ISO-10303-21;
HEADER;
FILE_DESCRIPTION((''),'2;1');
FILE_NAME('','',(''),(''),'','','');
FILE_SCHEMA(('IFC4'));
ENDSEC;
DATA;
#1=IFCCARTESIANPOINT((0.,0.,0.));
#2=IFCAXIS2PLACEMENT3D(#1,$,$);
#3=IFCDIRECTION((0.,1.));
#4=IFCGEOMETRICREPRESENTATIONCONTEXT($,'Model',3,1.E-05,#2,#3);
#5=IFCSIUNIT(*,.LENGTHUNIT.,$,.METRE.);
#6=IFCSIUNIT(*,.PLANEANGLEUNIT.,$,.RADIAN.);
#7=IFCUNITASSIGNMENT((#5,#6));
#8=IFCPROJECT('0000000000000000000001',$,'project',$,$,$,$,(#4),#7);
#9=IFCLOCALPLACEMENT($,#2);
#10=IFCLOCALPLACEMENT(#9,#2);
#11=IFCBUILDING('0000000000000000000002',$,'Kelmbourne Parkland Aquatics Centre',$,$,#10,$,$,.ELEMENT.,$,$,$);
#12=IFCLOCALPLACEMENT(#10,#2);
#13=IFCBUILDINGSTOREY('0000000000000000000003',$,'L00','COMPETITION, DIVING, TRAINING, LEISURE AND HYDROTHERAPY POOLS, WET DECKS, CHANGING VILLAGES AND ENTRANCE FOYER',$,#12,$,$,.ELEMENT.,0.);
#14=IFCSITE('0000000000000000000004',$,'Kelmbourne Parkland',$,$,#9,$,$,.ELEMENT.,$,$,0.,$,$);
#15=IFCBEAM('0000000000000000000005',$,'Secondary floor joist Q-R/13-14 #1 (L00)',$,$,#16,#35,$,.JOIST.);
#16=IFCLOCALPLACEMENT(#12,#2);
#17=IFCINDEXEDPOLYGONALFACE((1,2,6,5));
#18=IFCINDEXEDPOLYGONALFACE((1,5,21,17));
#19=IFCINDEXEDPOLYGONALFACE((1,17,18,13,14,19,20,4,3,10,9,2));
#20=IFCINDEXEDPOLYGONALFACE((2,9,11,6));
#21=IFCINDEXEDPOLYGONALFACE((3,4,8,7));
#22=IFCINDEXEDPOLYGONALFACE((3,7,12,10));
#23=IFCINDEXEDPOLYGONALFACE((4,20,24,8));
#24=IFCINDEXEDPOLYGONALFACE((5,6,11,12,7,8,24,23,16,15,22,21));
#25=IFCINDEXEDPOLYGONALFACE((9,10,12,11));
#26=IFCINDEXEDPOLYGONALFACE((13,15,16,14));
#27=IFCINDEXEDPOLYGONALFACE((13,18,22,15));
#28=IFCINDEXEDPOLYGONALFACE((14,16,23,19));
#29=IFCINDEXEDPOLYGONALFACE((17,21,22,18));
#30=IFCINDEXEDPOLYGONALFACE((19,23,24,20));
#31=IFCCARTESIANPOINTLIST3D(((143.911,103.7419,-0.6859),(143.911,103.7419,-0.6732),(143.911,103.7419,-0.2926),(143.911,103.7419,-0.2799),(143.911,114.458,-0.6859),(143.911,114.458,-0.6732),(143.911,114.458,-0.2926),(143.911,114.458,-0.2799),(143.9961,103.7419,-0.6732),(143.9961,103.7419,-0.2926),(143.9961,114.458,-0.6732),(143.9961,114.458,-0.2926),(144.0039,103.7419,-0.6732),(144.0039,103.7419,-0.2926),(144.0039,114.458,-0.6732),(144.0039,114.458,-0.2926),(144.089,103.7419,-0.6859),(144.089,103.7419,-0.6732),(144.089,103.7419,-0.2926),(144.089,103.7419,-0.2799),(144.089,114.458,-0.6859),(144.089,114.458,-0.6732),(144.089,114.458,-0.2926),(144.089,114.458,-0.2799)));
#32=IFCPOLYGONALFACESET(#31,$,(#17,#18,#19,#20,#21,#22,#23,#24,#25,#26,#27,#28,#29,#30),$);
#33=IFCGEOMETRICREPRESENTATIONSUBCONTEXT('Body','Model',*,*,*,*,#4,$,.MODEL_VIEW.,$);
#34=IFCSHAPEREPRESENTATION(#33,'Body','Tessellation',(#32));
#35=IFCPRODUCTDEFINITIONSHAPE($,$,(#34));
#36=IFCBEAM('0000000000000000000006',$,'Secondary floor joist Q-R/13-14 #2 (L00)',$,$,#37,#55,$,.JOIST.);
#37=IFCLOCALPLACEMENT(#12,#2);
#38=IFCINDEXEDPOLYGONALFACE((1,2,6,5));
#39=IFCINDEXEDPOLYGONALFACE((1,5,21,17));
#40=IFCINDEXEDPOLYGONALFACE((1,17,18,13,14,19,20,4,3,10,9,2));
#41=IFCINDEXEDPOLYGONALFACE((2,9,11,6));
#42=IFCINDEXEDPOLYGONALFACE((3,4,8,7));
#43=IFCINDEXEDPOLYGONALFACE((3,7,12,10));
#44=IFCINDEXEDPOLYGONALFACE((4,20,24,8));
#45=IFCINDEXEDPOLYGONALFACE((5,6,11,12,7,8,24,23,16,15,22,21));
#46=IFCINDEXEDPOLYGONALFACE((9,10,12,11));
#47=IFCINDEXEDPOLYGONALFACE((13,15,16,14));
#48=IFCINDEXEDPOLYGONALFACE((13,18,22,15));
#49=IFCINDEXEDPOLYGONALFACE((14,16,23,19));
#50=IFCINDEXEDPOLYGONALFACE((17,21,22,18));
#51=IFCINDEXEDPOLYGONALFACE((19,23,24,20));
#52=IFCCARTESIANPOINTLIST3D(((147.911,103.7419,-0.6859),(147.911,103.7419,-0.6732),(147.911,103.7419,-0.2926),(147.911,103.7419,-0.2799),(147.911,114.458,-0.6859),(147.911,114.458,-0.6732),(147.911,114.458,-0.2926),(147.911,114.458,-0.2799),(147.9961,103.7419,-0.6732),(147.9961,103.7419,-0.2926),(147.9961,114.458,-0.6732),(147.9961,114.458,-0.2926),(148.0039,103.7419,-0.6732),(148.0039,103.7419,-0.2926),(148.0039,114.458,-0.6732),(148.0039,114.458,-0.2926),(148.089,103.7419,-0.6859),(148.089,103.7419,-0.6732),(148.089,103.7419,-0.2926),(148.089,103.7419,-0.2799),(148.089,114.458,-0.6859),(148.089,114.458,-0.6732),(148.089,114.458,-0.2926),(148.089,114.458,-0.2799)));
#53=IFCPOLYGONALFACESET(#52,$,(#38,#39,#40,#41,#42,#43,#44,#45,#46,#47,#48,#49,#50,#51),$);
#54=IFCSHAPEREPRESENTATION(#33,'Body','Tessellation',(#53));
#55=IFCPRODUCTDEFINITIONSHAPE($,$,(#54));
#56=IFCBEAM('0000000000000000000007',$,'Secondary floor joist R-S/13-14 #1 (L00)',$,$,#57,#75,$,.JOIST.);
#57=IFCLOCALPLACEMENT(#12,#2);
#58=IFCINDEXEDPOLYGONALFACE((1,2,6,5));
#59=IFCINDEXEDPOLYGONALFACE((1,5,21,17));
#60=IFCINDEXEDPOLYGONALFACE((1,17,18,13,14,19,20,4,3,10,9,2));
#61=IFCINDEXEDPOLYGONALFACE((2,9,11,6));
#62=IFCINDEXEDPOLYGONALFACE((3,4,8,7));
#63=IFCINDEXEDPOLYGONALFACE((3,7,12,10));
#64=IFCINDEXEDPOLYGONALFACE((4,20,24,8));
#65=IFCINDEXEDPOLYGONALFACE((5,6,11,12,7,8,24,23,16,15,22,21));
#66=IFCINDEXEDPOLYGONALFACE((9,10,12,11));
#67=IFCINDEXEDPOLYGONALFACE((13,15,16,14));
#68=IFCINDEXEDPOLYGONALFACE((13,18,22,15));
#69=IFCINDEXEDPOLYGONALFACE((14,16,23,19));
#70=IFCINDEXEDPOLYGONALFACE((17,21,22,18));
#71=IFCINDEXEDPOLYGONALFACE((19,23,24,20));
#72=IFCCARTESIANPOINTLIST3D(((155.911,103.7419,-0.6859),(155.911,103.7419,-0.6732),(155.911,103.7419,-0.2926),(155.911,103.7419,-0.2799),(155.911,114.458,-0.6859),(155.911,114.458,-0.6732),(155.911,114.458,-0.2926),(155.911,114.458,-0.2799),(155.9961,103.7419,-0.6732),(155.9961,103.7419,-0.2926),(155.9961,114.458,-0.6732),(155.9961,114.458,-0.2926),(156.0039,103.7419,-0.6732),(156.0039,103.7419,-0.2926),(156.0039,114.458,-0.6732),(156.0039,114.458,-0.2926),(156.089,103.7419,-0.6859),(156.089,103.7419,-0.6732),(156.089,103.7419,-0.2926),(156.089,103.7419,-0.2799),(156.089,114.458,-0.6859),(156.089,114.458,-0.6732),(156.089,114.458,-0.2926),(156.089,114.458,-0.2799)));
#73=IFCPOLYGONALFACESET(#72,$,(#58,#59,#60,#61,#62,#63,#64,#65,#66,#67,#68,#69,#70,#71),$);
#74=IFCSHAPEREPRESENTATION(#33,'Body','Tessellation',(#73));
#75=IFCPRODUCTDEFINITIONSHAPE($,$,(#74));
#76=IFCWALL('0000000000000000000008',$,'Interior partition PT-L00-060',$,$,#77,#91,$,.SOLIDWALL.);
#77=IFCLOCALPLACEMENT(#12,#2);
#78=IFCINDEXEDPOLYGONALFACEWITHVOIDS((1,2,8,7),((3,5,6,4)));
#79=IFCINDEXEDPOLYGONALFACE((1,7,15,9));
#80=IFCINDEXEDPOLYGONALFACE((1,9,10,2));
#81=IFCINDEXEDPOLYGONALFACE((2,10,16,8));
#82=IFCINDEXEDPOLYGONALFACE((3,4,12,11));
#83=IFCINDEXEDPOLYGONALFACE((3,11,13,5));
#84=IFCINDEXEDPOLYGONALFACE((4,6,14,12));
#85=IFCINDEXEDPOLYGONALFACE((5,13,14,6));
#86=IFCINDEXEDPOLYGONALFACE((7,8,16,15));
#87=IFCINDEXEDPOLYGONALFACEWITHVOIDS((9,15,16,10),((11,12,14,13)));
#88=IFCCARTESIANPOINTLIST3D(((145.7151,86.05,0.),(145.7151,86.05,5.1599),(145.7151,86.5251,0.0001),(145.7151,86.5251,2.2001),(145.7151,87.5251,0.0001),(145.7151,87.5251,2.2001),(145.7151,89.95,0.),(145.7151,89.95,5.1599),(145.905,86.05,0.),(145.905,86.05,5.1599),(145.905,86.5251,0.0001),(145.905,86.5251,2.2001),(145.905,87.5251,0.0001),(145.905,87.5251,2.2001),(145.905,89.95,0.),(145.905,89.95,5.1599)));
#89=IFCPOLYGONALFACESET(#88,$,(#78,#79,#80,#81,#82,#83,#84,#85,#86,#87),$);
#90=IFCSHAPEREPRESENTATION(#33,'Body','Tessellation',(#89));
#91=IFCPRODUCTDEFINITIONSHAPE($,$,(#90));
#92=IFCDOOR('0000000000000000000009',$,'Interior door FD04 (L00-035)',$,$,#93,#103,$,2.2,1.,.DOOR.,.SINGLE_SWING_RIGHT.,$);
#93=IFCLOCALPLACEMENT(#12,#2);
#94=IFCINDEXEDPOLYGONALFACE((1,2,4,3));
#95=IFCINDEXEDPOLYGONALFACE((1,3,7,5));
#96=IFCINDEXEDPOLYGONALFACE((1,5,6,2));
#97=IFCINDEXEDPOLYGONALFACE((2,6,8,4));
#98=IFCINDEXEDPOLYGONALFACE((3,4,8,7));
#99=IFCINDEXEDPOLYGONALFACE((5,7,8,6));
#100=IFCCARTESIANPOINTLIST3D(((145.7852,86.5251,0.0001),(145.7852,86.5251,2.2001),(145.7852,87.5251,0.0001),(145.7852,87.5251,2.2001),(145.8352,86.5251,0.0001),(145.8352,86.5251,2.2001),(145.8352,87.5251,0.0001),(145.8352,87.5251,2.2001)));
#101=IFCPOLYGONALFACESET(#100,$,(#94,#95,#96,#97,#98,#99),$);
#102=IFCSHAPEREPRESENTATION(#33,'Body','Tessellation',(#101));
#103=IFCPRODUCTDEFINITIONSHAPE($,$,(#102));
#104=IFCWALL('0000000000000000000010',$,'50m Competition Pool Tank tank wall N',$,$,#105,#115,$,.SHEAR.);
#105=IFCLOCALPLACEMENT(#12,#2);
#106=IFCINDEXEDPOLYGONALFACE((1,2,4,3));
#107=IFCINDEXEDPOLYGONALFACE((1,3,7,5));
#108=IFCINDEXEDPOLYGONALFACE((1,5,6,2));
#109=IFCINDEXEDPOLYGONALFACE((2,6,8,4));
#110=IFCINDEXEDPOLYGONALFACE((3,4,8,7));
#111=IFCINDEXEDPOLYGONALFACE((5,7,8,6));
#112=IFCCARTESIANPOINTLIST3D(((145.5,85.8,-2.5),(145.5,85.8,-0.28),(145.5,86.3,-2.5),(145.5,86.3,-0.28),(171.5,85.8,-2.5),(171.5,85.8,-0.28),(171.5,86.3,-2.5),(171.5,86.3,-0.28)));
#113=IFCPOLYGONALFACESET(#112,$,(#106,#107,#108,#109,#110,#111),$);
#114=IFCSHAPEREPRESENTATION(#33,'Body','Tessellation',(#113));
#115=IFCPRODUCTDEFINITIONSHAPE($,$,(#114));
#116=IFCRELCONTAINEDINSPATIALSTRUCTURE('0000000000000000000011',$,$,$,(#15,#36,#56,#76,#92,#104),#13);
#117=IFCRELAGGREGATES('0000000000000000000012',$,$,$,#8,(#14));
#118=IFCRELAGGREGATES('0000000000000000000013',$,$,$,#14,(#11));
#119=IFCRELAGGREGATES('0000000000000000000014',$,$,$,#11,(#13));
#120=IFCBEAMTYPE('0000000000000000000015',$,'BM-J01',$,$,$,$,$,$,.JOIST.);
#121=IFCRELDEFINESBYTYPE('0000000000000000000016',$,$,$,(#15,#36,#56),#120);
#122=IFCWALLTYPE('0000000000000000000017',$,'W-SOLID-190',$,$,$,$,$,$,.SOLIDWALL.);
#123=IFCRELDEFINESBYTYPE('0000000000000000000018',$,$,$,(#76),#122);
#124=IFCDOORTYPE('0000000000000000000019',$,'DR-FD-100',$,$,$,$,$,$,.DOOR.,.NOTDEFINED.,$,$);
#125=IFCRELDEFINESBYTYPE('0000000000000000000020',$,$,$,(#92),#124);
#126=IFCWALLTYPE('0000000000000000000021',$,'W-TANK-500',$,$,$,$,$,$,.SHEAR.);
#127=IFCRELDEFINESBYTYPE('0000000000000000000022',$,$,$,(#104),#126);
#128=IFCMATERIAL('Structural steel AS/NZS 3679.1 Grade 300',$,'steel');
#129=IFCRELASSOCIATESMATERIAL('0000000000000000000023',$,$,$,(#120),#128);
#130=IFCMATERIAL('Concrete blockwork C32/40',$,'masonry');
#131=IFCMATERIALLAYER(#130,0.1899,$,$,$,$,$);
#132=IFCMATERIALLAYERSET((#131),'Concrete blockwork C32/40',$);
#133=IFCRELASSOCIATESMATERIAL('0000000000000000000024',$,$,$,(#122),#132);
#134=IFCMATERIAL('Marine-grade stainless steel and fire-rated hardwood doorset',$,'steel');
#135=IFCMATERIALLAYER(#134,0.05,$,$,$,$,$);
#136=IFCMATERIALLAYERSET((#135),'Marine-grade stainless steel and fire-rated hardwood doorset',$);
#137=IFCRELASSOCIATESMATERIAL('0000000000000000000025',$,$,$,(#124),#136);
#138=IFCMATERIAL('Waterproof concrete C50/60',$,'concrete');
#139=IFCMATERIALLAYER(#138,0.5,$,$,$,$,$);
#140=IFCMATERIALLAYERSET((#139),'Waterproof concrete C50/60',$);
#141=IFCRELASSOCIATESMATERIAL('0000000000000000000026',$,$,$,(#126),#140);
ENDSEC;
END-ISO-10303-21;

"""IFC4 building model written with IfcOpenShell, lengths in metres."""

from ifc_helpers import new_model, si_unit, direction, frame, frame_2d, origin, origin_2d, place, context, subcontext, project, spatial, rectangle, i_section, extrude, material, layer, layer_set, material_profile, profile_set, type_object, element, fill, save


model = new_model("IFC4")

# Units and contexts
model_context = context("Model", 3, precision=1e-05, world=origin(), true_north=direction((0.0, 1.0)))
body_context = subcontext(model_context, "Body", "Model", "MODEL_VIEW")
ifc_project = project(units=[si_unit("LENGTHUNIT", "METRE"), si_unit("PLANEANGLEUNIT", "RADIAN")], contexts=[model_context])

# Site, building, storey
site_placement = place(None, origin())
site = spatial("IfcSite", under=ifc_project, at=site_placement, Name="Kelmbourne Parkland", CompositionType="ELEMENT", RefElevation=0.0)
building_placement = place(site_placement, origin())
building = spatial("IfcBuilding", under=site, at=building_placement, Name="Kelmbourne Parkland Aquatics Centre", CompositionType="ELEMENT")
storey_placement = place(building_placement, origin())
storey = spatial("IfcBuildingStorey", under=building, at=storey_placement, Name="L00", Description="COMPETITION, DIVING, TRAINING, LEISURE AND HYDROTHERAPY POOLS, WET DECKS, CHANGING VILLAGES AND ENTRANCE FOYER", CompositionType="ELEMENT", Elevation=0.0)

# Shared definitions
ifc_material_1 = material(Name="Structural steel AS/NZS 3679.1 Grade 300", Category="steel")

# Beams
ifc_material_profile_1 = material_profile(ifc_material_1, i_section(OverallWidth=0.178, OverallDepth=0.406, WebThickness=0.0078, FlangeThickness=0.0127, at=origin_2d()), Name="410UB59.7")
ifc_profile_set_1 = profile_set([ifc_material_profile_1], Name="Structural steel AS/NZS 3679.1 Grade 300")
beam_type_1 = type_object("IfcBeamType", Name="BM-J01", PredefinedType="JOIST", material=ifc_profile_set_1)
for number, where, z_axis, x_axis, name in (
    (1, (144.0, 103.7419, -0.4829), (0.0, 1.0, 0.0), (-1.0, 0.0, 0.0), "Secondary floor joist Q-R/13-14 #1 (L00)"),
    (2, (148.0, 103.7419, -0.4829), (0.0, 1.0, 0.0), (-1.0, 0.0, 0.0), "Secondary floor joist Q-R/13-14 #2 (L00)"),
    (3, (156.0, 103.7419, -0.4829), (0.0, 1.0, 0.0), (-1.0, 0.0, 0.0), "Secondary floor joist R-S/13-14 #1 (L00)"),
):
    element("IfcBeam", number, at=place(storey_placement, frame(where, z_axis=z_axis, x_axis=x_axis)), inside=storey, type_object=beam_type_1, Name=name, PredefinedType="JOIST", context=body_context, shape_type="SweptSolid", body=[
        extrude(i_section(OverallWidth=0.178, OverallDepth=0.406, WebThickness=0.0078, FlangeThickness=0.0127, at=origin_2d()), origin(), (0.0, 0.0, 1.0), 10.7161),
    ])

# Wall, opening, door
ifc_material_2 = material(Name="Concrete blockwork C32/40", Category="masonry")
ifc_layer_1 = layer(ifc_material_2, 0.1899)
ifc_layer_set_1 = layer_set([ifc_layer_1], Name="Concrete blockwork C32/40")
wall_type_1 = type_object("IfcWallType", Name="W-SOLID-190", PredefinedType="SOLIDWALL", material=ifc_layer_set_1)
wall_1_placement = place(storey_placement, frame((145.8101, 86.05, 0.0), z_axis=(0.0, 0.0, 1.0), x_axis=(0.0, 1.0, 0.0)))
wall_1 = element("IfcWall", 4, at=wall_1_placement, inside=storey, type_object=wall_type_1, Name="Interior partition PT-L00-060", PredefinedType="SOLIDWALL", context=body_context, shape_type="SweptSolid", body=[
    extrude(rectangle(XDim=3.8999, YDim=0.1899, at=frame_2d((1.95, 0.0))), origin(), (0.0, 0.0, 1.0), 5.1599),
])
opening_placement = place(wall_1_placement, frame((0.4751, 0.0, 0.0)))
opening = element("IfcOpeningElement", 5, at=opening_placement, cuts=wall_1, PredefinedType="OPENING", context=body_context, shape_type="SweptSolid", body=[
    extrude(rectangle(XDim=1.0, YDim=2.2, at=frame_2d((0.5, 1.1001))), frame((0.0, 0.1069, 0.0), z_axis=(0.0, -1.0, 0.0), x_axis=(1.0, 0.0, 0.0)), (0.0, 0.0, 1.0), 0.2139),
])
ifc_material_3 = material(Name="Marine-grade stainless steel and fire-rated hardwood doorset", Category="steel")
ifc_layer_2 = layer(ifc_material_3, 0.05)
ifc_layer_set_2 = layer_set([ifc_layer_2], Name="Marine-grade stainless steel and fire-rated hardwood doorset")
door_type = type_object("IfcDoorType", Name="DR-FD-100", OperationType="NOTDEFINED", PredefinedType="DOOR", material=ifc_layer_set_2)
door_placement = place(opening_placement, origin())
door = element("IfcDoor", 6, at=door_placement, inside=storey, type_object=door_type, Name="Interior door FD04 (L00-035)", OperationType="SINGLE_SWING_RIGHT", OverallHeight=2.2, OverallWidth=1.0, PredefinedType="DOOR", context=body_context, shape_type="SweptSolid", body=[
    extrude(rectangle(XDim=1.0, YDim=2.2, at=frame_2d((0.5, 1.1001))), frame((0.0, 0.0249, 0.0), z_axis=(0.0, -1.0, 0.0), x_axis=(1.0, 0.0, 0.0)), (0.0, 0.0, 1.0), 0.05),
])
fill(opening, door)

# Wall
ifc_material_4 = material(Name="Waterproof concrete C50/60", Category="concrete")
ifc_layer_3 = layer(ifc_material_4, 0.5)
ifc_layer_set_3 = layer_set([ifc_layer_3], Name="Waterproof concrete C50/60")
wall_type_2 = type_object("IfcWallType", Name="W-TANK-500", PredefinedType="SHEAR", material=ifc_layer_set_3)
wall_2_placement = place(storey_placement, frame((145.5, 86.05, -2.5), z_axis=(0.0, 0.0, 1.0), x_axis=(1.0, 0.0, 0.0)))
element("IfcWall", 7, at=wall_2_placement, inside=storey, type_object=wall_type_2, Name="50m Competition Pool Tank tank wall N", PredefinedType="SHEAR", context=body_context, shape_type="SweptSolid", body=[
    extrude(rectangle(XDim=26.0, YDim=0.5, at=frame_2d((13.0, 0.0))), origin(), (0.0, 0.0, 1.0), 2.22),
])

save(model, "model.ifc")
